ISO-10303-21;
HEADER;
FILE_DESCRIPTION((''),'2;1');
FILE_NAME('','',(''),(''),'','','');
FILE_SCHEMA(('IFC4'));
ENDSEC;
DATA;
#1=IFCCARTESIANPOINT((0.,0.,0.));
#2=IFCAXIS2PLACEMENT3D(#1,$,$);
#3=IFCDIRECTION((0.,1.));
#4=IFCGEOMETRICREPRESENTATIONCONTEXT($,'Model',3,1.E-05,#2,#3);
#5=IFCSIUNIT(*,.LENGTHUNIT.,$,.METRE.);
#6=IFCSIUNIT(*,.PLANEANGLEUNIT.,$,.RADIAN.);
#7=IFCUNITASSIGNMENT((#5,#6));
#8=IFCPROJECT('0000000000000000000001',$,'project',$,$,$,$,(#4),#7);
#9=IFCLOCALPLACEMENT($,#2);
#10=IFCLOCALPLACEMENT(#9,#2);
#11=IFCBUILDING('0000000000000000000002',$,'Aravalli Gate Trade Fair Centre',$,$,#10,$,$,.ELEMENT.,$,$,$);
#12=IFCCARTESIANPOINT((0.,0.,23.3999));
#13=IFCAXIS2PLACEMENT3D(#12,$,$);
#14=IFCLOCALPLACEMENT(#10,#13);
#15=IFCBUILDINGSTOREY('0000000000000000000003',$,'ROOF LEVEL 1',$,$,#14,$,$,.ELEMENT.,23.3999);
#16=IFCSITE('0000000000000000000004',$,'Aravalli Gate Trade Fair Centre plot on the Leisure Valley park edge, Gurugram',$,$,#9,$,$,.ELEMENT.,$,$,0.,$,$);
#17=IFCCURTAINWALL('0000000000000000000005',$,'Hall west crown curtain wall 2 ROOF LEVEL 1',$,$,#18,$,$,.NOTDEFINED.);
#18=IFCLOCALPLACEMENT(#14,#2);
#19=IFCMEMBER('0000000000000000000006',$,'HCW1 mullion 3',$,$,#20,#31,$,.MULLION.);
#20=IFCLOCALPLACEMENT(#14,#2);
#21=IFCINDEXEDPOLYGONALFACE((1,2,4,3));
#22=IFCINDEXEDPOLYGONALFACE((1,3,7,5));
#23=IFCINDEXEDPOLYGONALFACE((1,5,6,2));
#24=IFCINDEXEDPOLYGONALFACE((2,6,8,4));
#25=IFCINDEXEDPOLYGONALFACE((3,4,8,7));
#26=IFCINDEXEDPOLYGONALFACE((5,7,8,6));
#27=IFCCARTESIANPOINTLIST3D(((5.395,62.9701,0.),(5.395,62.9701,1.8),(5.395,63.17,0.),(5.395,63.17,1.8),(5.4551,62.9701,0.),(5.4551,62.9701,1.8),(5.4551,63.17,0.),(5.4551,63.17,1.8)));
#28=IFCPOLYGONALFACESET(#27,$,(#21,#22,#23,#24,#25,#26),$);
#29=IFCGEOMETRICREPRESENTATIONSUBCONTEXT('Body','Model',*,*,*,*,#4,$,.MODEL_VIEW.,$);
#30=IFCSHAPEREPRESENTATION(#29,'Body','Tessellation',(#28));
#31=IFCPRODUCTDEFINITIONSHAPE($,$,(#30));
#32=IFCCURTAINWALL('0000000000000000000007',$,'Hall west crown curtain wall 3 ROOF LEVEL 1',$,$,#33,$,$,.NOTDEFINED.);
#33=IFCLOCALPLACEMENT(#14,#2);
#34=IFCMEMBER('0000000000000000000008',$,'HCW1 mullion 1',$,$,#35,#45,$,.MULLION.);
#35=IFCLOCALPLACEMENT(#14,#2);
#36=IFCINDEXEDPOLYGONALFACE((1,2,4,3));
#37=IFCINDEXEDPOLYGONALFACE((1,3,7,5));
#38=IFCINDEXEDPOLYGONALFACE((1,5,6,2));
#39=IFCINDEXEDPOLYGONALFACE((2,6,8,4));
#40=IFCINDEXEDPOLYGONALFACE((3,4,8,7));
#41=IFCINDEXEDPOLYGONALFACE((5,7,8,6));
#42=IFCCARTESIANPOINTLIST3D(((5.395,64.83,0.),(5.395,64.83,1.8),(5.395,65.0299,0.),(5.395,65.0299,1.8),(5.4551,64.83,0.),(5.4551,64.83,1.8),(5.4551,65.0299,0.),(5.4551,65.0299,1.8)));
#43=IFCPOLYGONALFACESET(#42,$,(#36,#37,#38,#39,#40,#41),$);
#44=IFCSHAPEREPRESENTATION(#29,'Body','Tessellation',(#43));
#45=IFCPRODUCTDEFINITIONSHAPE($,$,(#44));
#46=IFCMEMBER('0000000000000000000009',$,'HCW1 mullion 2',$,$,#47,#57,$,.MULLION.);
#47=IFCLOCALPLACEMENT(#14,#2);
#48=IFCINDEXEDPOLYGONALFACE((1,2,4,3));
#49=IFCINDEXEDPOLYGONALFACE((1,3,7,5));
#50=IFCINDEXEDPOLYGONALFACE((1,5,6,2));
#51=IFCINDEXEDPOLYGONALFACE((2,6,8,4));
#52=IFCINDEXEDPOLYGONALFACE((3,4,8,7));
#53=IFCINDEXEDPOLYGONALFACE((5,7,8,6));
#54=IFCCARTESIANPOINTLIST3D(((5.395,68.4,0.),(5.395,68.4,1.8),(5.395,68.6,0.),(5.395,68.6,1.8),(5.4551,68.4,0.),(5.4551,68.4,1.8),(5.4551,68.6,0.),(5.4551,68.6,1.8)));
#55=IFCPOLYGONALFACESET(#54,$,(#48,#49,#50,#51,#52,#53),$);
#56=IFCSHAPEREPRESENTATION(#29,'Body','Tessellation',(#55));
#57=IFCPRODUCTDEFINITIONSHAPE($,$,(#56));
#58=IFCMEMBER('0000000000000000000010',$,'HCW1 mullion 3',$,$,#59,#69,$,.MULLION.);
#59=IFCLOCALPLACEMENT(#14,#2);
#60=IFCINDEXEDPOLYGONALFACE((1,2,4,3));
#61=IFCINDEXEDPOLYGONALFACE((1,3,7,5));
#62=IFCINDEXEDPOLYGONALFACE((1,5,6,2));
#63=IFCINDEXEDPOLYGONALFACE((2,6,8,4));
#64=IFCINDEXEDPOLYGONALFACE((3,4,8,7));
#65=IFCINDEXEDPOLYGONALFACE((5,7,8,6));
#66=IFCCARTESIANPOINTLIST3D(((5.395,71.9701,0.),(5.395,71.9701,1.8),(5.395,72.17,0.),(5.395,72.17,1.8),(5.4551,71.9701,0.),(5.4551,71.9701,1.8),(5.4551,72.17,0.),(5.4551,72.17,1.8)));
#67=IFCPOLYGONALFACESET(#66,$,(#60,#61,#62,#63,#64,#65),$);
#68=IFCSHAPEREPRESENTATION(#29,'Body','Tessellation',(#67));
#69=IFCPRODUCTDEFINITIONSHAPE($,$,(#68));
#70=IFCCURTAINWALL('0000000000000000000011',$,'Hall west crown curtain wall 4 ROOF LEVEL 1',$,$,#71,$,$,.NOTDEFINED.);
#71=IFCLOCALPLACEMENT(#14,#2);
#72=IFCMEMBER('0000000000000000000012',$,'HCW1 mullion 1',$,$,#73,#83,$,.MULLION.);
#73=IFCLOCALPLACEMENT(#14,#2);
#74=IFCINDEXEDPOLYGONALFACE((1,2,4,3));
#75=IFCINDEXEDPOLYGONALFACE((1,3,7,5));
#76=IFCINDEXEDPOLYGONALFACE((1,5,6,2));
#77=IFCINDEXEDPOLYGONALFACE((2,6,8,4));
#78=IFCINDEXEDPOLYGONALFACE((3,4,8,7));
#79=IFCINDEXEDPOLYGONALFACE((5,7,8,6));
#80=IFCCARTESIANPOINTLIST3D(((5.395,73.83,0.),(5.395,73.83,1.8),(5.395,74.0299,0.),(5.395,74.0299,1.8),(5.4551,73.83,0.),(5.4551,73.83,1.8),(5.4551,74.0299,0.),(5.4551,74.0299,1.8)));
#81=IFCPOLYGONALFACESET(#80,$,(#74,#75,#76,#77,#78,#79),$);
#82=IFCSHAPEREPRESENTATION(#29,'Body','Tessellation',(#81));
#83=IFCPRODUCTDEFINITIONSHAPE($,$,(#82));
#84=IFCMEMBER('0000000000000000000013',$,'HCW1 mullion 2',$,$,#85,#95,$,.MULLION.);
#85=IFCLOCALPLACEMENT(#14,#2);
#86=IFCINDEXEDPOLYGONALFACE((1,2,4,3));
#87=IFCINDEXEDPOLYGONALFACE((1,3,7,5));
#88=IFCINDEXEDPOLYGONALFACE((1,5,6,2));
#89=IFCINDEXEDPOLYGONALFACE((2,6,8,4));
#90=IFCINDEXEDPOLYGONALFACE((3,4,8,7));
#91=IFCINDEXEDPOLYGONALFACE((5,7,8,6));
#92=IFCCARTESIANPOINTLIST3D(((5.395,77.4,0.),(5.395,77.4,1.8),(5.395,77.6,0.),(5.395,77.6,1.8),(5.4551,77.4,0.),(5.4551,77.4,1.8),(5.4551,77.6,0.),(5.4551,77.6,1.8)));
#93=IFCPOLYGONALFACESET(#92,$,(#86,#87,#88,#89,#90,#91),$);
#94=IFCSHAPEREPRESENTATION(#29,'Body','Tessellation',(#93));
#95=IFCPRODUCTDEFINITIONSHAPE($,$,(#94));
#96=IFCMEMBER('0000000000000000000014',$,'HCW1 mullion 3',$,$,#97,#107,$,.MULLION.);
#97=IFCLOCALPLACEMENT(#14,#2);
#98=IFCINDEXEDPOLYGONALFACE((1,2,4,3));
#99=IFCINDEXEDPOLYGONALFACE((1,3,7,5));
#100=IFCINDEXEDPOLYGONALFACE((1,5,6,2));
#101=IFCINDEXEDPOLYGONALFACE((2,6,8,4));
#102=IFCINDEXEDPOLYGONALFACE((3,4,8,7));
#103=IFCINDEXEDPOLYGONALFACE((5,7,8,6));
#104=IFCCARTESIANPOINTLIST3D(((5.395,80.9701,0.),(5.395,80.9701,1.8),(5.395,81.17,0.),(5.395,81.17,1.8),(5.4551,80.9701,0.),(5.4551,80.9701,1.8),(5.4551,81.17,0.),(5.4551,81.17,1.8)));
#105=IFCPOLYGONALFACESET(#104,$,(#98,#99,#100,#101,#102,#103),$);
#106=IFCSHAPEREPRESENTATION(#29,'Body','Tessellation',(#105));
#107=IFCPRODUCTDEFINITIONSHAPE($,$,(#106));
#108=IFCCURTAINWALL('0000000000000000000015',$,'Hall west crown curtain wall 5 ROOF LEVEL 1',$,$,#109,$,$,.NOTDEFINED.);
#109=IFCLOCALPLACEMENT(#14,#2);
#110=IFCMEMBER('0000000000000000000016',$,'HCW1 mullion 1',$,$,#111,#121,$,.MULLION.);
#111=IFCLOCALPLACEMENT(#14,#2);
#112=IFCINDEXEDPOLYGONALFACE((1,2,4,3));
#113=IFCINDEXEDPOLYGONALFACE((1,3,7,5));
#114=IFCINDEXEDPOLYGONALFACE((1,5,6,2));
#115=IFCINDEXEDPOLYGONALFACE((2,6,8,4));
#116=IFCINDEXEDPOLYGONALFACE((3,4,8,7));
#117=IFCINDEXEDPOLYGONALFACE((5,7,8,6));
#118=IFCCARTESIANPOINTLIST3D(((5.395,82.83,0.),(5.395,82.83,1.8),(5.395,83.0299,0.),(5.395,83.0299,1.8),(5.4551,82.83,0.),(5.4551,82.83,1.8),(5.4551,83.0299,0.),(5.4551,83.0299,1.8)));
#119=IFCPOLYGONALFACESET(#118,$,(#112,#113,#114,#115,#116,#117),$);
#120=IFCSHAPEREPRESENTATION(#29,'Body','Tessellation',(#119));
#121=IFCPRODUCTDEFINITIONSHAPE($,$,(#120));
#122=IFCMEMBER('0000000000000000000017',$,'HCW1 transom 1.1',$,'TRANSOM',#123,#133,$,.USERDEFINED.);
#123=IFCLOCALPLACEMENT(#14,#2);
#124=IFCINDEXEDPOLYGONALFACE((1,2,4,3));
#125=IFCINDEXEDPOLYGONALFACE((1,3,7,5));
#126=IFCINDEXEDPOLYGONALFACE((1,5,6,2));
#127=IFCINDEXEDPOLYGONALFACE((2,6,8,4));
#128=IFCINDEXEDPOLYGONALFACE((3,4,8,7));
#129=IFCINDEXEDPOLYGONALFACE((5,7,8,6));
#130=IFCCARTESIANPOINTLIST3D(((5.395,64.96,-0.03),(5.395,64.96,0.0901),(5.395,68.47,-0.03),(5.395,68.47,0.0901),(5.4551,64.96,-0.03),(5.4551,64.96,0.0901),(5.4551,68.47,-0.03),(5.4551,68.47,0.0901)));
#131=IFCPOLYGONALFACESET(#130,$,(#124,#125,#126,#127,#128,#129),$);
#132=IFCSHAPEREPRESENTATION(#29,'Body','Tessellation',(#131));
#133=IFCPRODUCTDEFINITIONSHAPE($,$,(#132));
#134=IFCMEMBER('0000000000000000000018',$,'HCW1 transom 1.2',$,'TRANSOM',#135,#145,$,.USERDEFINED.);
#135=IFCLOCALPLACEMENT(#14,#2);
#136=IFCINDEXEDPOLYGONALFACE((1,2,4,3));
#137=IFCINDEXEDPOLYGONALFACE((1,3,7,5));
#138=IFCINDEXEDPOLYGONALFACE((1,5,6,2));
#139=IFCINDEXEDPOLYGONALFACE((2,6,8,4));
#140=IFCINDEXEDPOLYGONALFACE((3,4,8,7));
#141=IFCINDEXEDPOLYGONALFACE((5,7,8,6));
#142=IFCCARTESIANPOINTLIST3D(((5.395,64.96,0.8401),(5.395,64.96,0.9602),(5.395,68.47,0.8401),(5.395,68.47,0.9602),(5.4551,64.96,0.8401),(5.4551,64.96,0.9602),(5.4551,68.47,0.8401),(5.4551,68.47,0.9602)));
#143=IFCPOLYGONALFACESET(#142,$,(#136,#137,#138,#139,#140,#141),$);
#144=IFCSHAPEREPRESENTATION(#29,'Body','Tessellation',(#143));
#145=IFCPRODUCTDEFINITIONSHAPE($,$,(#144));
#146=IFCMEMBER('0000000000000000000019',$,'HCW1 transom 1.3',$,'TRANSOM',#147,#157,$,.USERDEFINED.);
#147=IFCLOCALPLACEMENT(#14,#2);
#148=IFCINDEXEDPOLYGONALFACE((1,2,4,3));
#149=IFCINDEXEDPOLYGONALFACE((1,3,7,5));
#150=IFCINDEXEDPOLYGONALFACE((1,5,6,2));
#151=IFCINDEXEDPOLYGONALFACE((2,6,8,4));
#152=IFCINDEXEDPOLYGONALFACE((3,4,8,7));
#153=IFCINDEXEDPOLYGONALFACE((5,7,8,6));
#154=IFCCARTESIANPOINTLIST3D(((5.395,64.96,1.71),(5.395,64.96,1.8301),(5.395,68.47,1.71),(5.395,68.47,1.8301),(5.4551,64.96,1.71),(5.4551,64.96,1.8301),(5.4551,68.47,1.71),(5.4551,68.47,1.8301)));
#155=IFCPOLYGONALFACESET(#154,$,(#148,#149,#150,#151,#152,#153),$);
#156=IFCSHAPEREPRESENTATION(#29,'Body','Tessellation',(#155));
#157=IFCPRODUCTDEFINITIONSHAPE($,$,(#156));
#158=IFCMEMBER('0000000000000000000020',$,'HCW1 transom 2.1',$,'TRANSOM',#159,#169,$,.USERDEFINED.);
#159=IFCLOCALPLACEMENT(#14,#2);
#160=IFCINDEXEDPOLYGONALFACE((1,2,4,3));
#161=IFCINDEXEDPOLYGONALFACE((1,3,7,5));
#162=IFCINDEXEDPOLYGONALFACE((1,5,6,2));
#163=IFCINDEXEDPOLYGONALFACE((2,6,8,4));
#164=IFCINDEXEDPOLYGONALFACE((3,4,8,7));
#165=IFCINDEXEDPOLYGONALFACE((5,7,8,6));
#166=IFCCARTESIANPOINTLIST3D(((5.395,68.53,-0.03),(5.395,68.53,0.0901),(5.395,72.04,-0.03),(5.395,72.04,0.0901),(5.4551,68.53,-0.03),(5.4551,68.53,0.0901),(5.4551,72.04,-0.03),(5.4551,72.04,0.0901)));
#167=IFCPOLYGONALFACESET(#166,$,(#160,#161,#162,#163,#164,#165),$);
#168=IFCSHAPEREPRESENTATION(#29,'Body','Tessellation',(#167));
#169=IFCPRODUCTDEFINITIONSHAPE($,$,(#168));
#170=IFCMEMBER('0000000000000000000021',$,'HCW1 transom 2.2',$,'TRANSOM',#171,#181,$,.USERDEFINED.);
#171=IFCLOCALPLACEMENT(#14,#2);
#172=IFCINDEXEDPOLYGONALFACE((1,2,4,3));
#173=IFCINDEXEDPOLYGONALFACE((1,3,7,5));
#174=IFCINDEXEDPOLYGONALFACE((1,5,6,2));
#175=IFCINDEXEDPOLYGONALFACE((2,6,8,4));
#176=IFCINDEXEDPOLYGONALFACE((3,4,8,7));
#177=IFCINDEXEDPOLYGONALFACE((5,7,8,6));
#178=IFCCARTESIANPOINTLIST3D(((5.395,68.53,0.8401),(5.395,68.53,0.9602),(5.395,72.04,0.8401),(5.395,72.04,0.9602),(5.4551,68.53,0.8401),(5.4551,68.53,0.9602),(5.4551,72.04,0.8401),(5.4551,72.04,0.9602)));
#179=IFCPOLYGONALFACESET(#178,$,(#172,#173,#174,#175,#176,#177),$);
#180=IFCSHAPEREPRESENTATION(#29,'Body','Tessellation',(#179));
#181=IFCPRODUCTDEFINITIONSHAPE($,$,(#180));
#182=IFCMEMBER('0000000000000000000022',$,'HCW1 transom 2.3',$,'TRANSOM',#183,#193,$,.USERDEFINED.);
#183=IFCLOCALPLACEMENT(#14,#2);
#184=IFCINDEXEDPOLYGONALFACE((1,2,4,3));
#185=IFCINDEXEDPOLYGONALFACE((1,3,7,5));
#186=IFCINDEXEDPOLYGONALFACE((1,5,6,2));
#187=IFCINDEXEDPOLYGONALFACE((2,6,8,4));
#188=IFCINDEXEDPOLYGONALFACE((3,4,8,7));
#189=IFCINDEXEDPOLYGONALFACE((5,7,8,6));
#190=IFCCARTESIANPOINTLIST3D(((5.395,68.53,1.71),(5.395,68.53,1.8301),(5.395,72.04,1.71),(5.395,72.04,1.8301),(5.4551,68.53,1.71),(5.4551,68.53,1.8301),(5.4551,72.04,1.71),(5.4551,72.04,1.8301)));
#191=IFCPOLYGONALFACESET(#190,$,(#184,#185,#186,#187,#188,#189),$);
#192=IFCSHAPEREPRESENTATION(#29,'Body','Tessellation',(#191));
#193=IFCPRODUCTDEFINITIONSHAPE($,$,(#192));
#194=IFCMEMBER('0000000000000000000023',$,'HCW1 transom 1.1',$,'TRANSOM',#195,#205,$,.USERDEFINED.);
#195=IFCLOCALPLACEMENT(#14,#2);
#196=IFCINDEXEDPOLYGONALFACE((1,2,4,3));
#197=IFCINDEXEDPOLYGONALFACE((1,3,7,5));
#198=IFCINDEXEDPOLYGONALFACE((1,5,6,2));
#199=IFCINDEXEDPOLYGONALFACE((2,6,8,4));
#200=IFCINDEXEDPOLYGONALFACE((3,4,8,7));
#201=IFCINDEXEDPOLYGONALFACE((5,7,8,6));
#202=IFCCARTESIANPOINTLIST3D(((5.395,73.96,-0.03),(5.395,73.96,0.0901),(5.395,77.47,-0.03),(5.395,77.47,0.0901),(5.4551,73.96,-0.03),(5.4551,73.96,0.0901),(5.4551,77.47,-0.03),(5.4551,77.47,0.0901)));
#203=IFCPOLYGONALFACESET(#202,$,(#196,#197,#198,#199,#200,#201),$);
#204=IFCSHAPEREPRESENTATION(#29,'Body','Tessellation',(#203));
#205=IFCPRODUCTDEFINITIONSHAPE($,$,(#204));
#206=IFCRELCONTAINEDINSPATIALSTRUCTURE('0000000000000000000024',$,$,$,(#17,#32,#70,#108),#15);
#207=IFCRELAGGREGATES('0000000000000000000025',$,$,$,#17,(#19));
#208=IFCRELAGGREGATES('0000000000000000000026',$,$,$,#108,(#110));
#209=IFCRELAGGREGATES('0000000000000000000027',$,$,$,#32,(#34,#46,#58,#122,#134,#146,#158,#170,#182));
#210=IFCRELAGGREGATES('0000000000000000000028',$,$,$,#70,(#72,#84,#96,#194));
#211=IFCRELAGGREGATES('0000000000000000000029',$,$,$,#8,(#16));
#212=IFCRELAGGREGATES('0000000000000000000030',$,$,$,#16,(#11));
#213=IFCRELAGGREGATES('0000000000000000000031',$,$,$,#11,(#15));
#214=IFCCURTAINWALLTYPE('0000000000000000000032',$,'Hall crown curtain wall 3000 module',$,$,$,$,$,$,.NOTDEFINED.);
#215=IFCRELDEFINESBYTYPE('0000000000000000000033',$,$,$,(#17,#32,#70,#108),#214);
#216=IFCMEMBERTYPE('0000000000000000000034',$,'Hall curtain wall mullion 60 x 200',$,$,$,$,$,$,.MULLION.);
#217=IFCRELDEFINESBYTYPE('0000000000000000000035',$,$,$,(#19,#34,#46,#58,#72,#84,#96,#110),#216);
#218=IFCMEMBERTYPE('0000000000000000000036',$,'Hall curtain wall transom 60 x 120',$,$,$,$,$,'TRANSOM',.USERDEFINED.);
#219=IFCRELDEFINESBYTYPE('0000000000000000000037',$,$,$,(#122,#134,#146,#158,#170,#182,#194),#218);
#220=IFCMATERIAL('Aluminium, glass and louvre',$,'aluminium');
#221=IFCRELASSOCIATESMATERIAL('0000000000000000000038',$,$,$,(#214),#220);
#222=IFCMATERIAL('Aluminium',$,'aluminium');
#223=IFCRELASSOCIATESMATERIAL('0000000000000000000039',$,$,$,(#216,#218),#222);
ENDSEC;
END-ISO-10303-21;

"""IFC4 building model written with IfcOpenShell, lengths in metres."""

from ifc_helpers import new_model, si_unit, direction, frame, origin, origin_2d, place, context, subcontext, project, spatial, rectangle, extrude, material, material_profile, profile_set, type_object, element, aggregate, save


model = new_model("IFC4")

# Units and contexts
model_context = context("Model", 3, precision=1e-05, world=origin(), true_north=direction((0.0, 1.0)))
body_context = subcontext(model_context, "Body", "Model", "MODEL_VIEW")
ifc_project = project(units=[si_unit("LENGTHUNIT", "METRE"), si_unit("PLANEANGLEUNIT", "RADIAN")], contexts=[model_context])

# Site, building, storey
site_placement = place(None, origin())
site = spatial("IfcSite", under=ifc_project, at=site_placement, Name="Aravalli Gate Trade Fair Centre plot on the Leisure Valley park edge, Gurugram", CompositionType="ELEMENT", RefElevation=0.0)
building_placement = place(site_placement, origin())
building = spatial("IfcBuilding", under=site, at=building_placement, Name="Aravalli Gate Trade Fair Centre", CompositionType="ELEMENT")
storey_placement = place(building_placement, frame((0.0, 0.0, 23.3999)))
storey = spatial("IfcBuildingStorey", under=building, at=storey_placement, Name="ROOF LEVEL 1", CompositionType="ELEMENT", Elevation=23.3999)

# Curtain wall, member
ifc_material_1 = material(Name="Aluminium, glass and louvre", Category="aluminium")
curtain_wall_type = type_object("IfcCurtainWallType", Name="Hall crown curtain wall 3000 module", PredefinedType="NOTDEFINED", material=ifc_material_1)
curtain_wall_1_placement = place(storey_placement, origin())
curtain_wall_1 = element("IfcCurtainWall", 1, at=curtain_wall_1_placement, inside=storey, type_object=curtain_wall_type, Name="Hall west crown curtain wall 2 ROOF LEVEL 1", PredefinedType="NOTDEFINED")
ifc_material_2 = material(Name="Aluminium", Category="aluminium")
ifc_material_profile_1 = material_profile(ifc_material_2, rectangle(XDim=0.0601, YDim=0.2, at=origin_2d()), Name="Hall curtain wall mullion 60 x 200")
ifc_profile_set_1 = profile_set([ifc_material_profile_1], Name="Aluminium")
member_type_1 = type_object("IfcMemberType", Name="Hall curtain wall mullion 60 x 200", PredefinedType="MULLION", material=ifc_profile_set_1)
member_1_placement = place(storey_placement, frame((5.425, 63.0701, 0.0), z_axis=(0.0, 0.0, 1.0), x_axis=(-1.0, 0.0, 0.0)))
member_1 = element("IfcMember", 2, at=member_1_placement, type_object=member_type_1, Name="HCW1 mullion 3", PredefinedType="MULLION", context=body_context, shape_type="SweptSolid", body=[
    extrude(rectangle(XDim=0.0601, YDim=0.2, at=origin_2d()), origin(), (0.0, 0.0, 1.0), 1.8),
])
aggregate(curtain_wall_1, [member_1])

# Curtain walls, members
curtain_wall_2_placement = place(storey_placement, origin())
curtain_wall_2 = element("IfcCurtainWall", 3, at=curtain_wall_2_placement, inside=storey, type_object=curtain_wall_type, Name="Hall west crown curtain wall 3 ROOF LEVEL 1", PredefinedType="NOTDEFINED")
member_2_placement = place(storey_placement, frame((5.425, 64.9299, 0.0), z_axis=(0.0, 0.0, 1.0), x_axis=(-1.0, 0.0, 0.0)))
member_2 = element("IfcMember", 4, at=member_2_placement, type_object=member_type_1, Name="HCW1 mullion 1", PredefinedType="MULLION", context=body_context, shape_type="SweptSolid", body=[
    extrude(rectangle(XDim=0.0601, YDim=0.2, at=origin_2d()), origin(), (0.0, 0.0, 1.0), 1.8),
])
member_3_placement = place(storey_placement, frame((5.425, 68.5, 0.0), z_axis=(0.0, 0.0, 1.0), x_axis=(-1.0, 0.0, 0.0)))
member_3 = element("IfcMember", 5, at=member_3_placement, type_object=member_type_1, Name="HCW1 mullion 2", PredefinedType="MULLION", context=body_context, shape_type="SweptSolid", body=[
    extrude(rectangle(XDim=0.0601, YDim=0.2, at=origin_2d()), origin(), (0.0, 0.0, 1.0), 1.8),
])
member_4_placement = place(storey_placement, frame((5.425, 72.0701, 0.0), z_axis=(0.0, 0.0, 1.0), x_axis=(-1.0, 0.0, 0.0)))
member_4 = element("IfcMember", 6, at=member_4_placement, type_object=member_type_1, Name="HCW1 mullion 3", PredefinedType="MULLION", context=body_context, shape_type="SweptSolid", body=[
    extrude(rectangle(XDim=0.0601, YDim=0.2, at=origin_2d()), origin(), (0.0, 0.0, 1.0), 1.8),
])
curtain_wall_3_placement = place(storey_placement, origin())
curtain_wall_3 = element("IfcCurtainWall", 7, at=curtain_wall_3_placement, inside=storey, type_object=curtain_wall_type, Name="Hall west crown curtain wall 4 ROOF LEVEL 1", PredefinedType="NOTDEFINED")
member_5_placement = place(storey_placement, frame((5.425, 73.9299, 0.0), z_axis=(0.0, 0.0, 1.0), x_axis=(-1.0, 0.0, 0.0)))
member_5 = element("IfcMember", 8, at=member_5_placement, type_object=member_type_1, Name="HCW1 mullion 1", PredefinedType="MULLION", context=body_context, shape_type="SweptSolid", body=[
    extrude(rectangle(XDim=0.0601, YDim=0.2, at=origin_2d()), origin(), (0.0, 0.0, 1.0), 1.8),
])
member_6_placement = place(storey_placement, frame((5.425, 77.5, 0.0), z_axis=(0.0, 0.0, 1.0), x_axis=(-1.0, 0.0, 0.0)))
member_6 = element("IfcMember", 9, at=member_6_placement, type_object=member_type_1, Name="HCW1 mullion 2", PredefinedType="MULLION", context=body_context, shape_type="SweptSolid", body=[
    extrude(rectangle(XDim=0.0601, YDim=0.2, at=origin_2d()), origin(), (0.0, 0.0, 1.0), 1.8),
])
member_7_placement = place(storey_placement, frame((5.425, 81.0701, 0.0), z_axis=(0.0, 0.0, 1.0), x_axis=(-1.0, 0.0, 0.0)))
member_7 = element("IfcMember", 10, at=member_7_placement, type_object=member_type_1, Name="HCW1 mullion 3", PredefinedType="MULLION", context=body_context, shape_type="SweptSolid", body=[
    extrude(rectangle(XDim=0.0601, YDim=0.2, at=origin_2d()), origin(), (0.0, 0.0, 1.0), 1.8),
])

# Curtain wall, member
curtain_wall_4_placement = place(storey_placement, origin())
curtain_wall_4 = element("IfcCurtainWall", 11, at=curtain_wall_4_placement, inside=storey, type_object=curtain_wall_type, Name="Hall west crown curtain wall 5 ROOF LEVEL 1", PredefinedType="NOTDEFINED")
member_8_placement = place(storey_placement, frame((5.425, 82.9299, 0.0), z_axis=(0.0, 0.0, 1.0), x_axis=(-1.0, 0.0, 0.0)))
member_8 = element("IfcMember", 12, at=member_8_placement, type_object=member_type_1, Name="HCW1 mullion 1", PredefinedType="MULLION", context=body_context, shape_type="SweptSolid", body=[
    extrude(rectangle(XDim=0.0601, YDim=0.2, at=origin_2d()), origin(), (0.0, 0.0, 1.0), 1.8),
])

# Members
ifc_material_profile_2 = material_profile(ifc_material_2, rectangle(XDim=0.0601, YDim=0.1201, at=origin_2d()), Name="Hall curtain wall transom 60 x 120")
ifc_profile_set_2 = profile_set([ifc_material_profile_2], Name="Aluminium")
member_type_2 = type_object("IfcMemberType", Name="Hall curtain wall transom 60 x 120", ElementType="TRANSOM", PredefinedType="USERDEFINED", material=ifc_profile_set_2)
member_9_placement = place(storey_placement, frame((5.425, 64.96, 0.03), z_axis=(0.0, 1.0, 0.0), x_axis=(-1.0, 0.0, 0.0)))
member_9 = element("IfcMember", 13, at=member_9_placement, type_object=member_type_2, Name="HCW1 transom 1.1", ObjectType="TRANSOM", PredefinedType="USERDEFINED", context=body_context, shape_type="SweptSolid", body=[
    extrude(rectangle(XDim=0.0601, YDim=0.1201, at=origin_2d()), origin(), (0.0, 0.0, 1.0), 3.51),
])
member_10_placement = place(storey_placement, frame((5.425, 64.96, 0.9001), z_axis=(0.0, 1.0, 0.0), x_axis=(-1.0, 0.0, 0.0)))
member_10 = element("IfcMember", 14, at=member_10_placement, type_object=member_type_2, Name="HCW1 transom 1.2", ObjectType="TRANSOM", PredefinedType="USERDEFINED", context=body_context, shape_type="SweptSolid", body=[
    extrude(rectangle(XDim=0.0601, YDim=0.1201, at=origin_2d()), origin(), (0.0, 0.0, 1.0), 3.51),
])
member_11_placement = place(storey_placement, frame((5.425, 64.96, 1.77), z_axis=(0.0, 1.0, 0.0), x_axis=(-1.0, 0.0, 0.0)))
member_11 = element("IfcMember", 15, at=member_11_placement, type_object=member_type_2, Name="HCW1 transom 1.3", ObjectType="TRANSOM", PredefinedType="USERDEFINED", context=body_context, shape_type="SweptSolid", body=[
    extrude(rectangle(XDim=0.0601, YDim=0.1201, at=origin_2d()), origin(), (0.0, 0.0, 1.0), 3.51),
])
member_12_placement = place(storey_placement, frame((5.425, 68.53, 0.03), z_axis=(0.0, 1.0, 0.0), x_axis=(-1.0, 0.0, 0.0)))
member_12 = element("IfcMember", 16, at=member_12_placement, type_object=member_type_2, Name="HCW1 transom 2.1", ObjectType="TRANSOM", PredefinedType="USERDEFINED", context=body_context, shape_type="SweptSolid", body=[
    extrude(rectangle(XDim=0.0601, YDim=0.1201, at=origin_2d()), origin(), (0.0, 0.0, 1.0), 3.51),
])
member_13_placement = place(storey_placement, frame((5.425, 68.53, 0.9001), z_axis=(0.0, 1.0, 0.0), x_axis=(-1.0, 0.0, 0.0)))
member_13 = element("IfcMember", 17, at=member_13_placement, type_object=member_type_2, Name="HCW1 transom 2.2", ObjectType="TRANSOM", PredefinedType="USERDEFINED", context=body_context, shape_type="SweptSolid", body=[
    extrude(rectangle(XDim=0.0601, YDim=0.1201, at=origin_2d()), origin(), (0.0, 0.0, 1.0), 3.51),
])
member_14_placement = place(storey_placement, frame((5.425, 68.53, 1.77), z_axis=(0.0, 1.0, 0.0), x_axis=(-1.0, 0.0, 0.0)))
member_14 = element("IfcMember", 18, at=member_14_placement, type_object=member_type_2, Name="HCW1 transom 2.3", ObjectType="TRANSOM", PredefinedType="USERDEFINED", context=body_context, shape_type="SweptSolid", body=[
    extrude(rectangle(XDim=0.0601, YDim=0.1201, at=origin_2d()), origin(), (0.0, 0.0, 1.0), 3.51),
])
member_15_placement = place(storey_placement, frame((5.425, 73.96, 0.03), z_axis=(0.0, 1.0, 0.0), x_axis=(-1.0, 0.0, 0.0)))
member_15 = element("IfcMember", 19, at=member_15_placement, type_object=member_type_2, Name="HCW1 transom 1.1", ObjectType="TRANSOM", PredefinedType="USERDEFINED", context=body_context, shape_type="SweptSolid", body=[
    extrude(rectangle(XDim=0.0601, YDim=0.1201, at=origin_2d()), origin(), (0.0, 0.0, 1.0), 3.51),
])
aggregate(curtain_wall_4, [member_8])

aggregate(curtain_wall_2, [member_2, member_3, member_4, member_9, member_10, member_11, member_12, member_13, member_14])
aggregate(curtain_wall_3, [member_5, member_6, member_7, member_15])

save(model, "model.ifc")
